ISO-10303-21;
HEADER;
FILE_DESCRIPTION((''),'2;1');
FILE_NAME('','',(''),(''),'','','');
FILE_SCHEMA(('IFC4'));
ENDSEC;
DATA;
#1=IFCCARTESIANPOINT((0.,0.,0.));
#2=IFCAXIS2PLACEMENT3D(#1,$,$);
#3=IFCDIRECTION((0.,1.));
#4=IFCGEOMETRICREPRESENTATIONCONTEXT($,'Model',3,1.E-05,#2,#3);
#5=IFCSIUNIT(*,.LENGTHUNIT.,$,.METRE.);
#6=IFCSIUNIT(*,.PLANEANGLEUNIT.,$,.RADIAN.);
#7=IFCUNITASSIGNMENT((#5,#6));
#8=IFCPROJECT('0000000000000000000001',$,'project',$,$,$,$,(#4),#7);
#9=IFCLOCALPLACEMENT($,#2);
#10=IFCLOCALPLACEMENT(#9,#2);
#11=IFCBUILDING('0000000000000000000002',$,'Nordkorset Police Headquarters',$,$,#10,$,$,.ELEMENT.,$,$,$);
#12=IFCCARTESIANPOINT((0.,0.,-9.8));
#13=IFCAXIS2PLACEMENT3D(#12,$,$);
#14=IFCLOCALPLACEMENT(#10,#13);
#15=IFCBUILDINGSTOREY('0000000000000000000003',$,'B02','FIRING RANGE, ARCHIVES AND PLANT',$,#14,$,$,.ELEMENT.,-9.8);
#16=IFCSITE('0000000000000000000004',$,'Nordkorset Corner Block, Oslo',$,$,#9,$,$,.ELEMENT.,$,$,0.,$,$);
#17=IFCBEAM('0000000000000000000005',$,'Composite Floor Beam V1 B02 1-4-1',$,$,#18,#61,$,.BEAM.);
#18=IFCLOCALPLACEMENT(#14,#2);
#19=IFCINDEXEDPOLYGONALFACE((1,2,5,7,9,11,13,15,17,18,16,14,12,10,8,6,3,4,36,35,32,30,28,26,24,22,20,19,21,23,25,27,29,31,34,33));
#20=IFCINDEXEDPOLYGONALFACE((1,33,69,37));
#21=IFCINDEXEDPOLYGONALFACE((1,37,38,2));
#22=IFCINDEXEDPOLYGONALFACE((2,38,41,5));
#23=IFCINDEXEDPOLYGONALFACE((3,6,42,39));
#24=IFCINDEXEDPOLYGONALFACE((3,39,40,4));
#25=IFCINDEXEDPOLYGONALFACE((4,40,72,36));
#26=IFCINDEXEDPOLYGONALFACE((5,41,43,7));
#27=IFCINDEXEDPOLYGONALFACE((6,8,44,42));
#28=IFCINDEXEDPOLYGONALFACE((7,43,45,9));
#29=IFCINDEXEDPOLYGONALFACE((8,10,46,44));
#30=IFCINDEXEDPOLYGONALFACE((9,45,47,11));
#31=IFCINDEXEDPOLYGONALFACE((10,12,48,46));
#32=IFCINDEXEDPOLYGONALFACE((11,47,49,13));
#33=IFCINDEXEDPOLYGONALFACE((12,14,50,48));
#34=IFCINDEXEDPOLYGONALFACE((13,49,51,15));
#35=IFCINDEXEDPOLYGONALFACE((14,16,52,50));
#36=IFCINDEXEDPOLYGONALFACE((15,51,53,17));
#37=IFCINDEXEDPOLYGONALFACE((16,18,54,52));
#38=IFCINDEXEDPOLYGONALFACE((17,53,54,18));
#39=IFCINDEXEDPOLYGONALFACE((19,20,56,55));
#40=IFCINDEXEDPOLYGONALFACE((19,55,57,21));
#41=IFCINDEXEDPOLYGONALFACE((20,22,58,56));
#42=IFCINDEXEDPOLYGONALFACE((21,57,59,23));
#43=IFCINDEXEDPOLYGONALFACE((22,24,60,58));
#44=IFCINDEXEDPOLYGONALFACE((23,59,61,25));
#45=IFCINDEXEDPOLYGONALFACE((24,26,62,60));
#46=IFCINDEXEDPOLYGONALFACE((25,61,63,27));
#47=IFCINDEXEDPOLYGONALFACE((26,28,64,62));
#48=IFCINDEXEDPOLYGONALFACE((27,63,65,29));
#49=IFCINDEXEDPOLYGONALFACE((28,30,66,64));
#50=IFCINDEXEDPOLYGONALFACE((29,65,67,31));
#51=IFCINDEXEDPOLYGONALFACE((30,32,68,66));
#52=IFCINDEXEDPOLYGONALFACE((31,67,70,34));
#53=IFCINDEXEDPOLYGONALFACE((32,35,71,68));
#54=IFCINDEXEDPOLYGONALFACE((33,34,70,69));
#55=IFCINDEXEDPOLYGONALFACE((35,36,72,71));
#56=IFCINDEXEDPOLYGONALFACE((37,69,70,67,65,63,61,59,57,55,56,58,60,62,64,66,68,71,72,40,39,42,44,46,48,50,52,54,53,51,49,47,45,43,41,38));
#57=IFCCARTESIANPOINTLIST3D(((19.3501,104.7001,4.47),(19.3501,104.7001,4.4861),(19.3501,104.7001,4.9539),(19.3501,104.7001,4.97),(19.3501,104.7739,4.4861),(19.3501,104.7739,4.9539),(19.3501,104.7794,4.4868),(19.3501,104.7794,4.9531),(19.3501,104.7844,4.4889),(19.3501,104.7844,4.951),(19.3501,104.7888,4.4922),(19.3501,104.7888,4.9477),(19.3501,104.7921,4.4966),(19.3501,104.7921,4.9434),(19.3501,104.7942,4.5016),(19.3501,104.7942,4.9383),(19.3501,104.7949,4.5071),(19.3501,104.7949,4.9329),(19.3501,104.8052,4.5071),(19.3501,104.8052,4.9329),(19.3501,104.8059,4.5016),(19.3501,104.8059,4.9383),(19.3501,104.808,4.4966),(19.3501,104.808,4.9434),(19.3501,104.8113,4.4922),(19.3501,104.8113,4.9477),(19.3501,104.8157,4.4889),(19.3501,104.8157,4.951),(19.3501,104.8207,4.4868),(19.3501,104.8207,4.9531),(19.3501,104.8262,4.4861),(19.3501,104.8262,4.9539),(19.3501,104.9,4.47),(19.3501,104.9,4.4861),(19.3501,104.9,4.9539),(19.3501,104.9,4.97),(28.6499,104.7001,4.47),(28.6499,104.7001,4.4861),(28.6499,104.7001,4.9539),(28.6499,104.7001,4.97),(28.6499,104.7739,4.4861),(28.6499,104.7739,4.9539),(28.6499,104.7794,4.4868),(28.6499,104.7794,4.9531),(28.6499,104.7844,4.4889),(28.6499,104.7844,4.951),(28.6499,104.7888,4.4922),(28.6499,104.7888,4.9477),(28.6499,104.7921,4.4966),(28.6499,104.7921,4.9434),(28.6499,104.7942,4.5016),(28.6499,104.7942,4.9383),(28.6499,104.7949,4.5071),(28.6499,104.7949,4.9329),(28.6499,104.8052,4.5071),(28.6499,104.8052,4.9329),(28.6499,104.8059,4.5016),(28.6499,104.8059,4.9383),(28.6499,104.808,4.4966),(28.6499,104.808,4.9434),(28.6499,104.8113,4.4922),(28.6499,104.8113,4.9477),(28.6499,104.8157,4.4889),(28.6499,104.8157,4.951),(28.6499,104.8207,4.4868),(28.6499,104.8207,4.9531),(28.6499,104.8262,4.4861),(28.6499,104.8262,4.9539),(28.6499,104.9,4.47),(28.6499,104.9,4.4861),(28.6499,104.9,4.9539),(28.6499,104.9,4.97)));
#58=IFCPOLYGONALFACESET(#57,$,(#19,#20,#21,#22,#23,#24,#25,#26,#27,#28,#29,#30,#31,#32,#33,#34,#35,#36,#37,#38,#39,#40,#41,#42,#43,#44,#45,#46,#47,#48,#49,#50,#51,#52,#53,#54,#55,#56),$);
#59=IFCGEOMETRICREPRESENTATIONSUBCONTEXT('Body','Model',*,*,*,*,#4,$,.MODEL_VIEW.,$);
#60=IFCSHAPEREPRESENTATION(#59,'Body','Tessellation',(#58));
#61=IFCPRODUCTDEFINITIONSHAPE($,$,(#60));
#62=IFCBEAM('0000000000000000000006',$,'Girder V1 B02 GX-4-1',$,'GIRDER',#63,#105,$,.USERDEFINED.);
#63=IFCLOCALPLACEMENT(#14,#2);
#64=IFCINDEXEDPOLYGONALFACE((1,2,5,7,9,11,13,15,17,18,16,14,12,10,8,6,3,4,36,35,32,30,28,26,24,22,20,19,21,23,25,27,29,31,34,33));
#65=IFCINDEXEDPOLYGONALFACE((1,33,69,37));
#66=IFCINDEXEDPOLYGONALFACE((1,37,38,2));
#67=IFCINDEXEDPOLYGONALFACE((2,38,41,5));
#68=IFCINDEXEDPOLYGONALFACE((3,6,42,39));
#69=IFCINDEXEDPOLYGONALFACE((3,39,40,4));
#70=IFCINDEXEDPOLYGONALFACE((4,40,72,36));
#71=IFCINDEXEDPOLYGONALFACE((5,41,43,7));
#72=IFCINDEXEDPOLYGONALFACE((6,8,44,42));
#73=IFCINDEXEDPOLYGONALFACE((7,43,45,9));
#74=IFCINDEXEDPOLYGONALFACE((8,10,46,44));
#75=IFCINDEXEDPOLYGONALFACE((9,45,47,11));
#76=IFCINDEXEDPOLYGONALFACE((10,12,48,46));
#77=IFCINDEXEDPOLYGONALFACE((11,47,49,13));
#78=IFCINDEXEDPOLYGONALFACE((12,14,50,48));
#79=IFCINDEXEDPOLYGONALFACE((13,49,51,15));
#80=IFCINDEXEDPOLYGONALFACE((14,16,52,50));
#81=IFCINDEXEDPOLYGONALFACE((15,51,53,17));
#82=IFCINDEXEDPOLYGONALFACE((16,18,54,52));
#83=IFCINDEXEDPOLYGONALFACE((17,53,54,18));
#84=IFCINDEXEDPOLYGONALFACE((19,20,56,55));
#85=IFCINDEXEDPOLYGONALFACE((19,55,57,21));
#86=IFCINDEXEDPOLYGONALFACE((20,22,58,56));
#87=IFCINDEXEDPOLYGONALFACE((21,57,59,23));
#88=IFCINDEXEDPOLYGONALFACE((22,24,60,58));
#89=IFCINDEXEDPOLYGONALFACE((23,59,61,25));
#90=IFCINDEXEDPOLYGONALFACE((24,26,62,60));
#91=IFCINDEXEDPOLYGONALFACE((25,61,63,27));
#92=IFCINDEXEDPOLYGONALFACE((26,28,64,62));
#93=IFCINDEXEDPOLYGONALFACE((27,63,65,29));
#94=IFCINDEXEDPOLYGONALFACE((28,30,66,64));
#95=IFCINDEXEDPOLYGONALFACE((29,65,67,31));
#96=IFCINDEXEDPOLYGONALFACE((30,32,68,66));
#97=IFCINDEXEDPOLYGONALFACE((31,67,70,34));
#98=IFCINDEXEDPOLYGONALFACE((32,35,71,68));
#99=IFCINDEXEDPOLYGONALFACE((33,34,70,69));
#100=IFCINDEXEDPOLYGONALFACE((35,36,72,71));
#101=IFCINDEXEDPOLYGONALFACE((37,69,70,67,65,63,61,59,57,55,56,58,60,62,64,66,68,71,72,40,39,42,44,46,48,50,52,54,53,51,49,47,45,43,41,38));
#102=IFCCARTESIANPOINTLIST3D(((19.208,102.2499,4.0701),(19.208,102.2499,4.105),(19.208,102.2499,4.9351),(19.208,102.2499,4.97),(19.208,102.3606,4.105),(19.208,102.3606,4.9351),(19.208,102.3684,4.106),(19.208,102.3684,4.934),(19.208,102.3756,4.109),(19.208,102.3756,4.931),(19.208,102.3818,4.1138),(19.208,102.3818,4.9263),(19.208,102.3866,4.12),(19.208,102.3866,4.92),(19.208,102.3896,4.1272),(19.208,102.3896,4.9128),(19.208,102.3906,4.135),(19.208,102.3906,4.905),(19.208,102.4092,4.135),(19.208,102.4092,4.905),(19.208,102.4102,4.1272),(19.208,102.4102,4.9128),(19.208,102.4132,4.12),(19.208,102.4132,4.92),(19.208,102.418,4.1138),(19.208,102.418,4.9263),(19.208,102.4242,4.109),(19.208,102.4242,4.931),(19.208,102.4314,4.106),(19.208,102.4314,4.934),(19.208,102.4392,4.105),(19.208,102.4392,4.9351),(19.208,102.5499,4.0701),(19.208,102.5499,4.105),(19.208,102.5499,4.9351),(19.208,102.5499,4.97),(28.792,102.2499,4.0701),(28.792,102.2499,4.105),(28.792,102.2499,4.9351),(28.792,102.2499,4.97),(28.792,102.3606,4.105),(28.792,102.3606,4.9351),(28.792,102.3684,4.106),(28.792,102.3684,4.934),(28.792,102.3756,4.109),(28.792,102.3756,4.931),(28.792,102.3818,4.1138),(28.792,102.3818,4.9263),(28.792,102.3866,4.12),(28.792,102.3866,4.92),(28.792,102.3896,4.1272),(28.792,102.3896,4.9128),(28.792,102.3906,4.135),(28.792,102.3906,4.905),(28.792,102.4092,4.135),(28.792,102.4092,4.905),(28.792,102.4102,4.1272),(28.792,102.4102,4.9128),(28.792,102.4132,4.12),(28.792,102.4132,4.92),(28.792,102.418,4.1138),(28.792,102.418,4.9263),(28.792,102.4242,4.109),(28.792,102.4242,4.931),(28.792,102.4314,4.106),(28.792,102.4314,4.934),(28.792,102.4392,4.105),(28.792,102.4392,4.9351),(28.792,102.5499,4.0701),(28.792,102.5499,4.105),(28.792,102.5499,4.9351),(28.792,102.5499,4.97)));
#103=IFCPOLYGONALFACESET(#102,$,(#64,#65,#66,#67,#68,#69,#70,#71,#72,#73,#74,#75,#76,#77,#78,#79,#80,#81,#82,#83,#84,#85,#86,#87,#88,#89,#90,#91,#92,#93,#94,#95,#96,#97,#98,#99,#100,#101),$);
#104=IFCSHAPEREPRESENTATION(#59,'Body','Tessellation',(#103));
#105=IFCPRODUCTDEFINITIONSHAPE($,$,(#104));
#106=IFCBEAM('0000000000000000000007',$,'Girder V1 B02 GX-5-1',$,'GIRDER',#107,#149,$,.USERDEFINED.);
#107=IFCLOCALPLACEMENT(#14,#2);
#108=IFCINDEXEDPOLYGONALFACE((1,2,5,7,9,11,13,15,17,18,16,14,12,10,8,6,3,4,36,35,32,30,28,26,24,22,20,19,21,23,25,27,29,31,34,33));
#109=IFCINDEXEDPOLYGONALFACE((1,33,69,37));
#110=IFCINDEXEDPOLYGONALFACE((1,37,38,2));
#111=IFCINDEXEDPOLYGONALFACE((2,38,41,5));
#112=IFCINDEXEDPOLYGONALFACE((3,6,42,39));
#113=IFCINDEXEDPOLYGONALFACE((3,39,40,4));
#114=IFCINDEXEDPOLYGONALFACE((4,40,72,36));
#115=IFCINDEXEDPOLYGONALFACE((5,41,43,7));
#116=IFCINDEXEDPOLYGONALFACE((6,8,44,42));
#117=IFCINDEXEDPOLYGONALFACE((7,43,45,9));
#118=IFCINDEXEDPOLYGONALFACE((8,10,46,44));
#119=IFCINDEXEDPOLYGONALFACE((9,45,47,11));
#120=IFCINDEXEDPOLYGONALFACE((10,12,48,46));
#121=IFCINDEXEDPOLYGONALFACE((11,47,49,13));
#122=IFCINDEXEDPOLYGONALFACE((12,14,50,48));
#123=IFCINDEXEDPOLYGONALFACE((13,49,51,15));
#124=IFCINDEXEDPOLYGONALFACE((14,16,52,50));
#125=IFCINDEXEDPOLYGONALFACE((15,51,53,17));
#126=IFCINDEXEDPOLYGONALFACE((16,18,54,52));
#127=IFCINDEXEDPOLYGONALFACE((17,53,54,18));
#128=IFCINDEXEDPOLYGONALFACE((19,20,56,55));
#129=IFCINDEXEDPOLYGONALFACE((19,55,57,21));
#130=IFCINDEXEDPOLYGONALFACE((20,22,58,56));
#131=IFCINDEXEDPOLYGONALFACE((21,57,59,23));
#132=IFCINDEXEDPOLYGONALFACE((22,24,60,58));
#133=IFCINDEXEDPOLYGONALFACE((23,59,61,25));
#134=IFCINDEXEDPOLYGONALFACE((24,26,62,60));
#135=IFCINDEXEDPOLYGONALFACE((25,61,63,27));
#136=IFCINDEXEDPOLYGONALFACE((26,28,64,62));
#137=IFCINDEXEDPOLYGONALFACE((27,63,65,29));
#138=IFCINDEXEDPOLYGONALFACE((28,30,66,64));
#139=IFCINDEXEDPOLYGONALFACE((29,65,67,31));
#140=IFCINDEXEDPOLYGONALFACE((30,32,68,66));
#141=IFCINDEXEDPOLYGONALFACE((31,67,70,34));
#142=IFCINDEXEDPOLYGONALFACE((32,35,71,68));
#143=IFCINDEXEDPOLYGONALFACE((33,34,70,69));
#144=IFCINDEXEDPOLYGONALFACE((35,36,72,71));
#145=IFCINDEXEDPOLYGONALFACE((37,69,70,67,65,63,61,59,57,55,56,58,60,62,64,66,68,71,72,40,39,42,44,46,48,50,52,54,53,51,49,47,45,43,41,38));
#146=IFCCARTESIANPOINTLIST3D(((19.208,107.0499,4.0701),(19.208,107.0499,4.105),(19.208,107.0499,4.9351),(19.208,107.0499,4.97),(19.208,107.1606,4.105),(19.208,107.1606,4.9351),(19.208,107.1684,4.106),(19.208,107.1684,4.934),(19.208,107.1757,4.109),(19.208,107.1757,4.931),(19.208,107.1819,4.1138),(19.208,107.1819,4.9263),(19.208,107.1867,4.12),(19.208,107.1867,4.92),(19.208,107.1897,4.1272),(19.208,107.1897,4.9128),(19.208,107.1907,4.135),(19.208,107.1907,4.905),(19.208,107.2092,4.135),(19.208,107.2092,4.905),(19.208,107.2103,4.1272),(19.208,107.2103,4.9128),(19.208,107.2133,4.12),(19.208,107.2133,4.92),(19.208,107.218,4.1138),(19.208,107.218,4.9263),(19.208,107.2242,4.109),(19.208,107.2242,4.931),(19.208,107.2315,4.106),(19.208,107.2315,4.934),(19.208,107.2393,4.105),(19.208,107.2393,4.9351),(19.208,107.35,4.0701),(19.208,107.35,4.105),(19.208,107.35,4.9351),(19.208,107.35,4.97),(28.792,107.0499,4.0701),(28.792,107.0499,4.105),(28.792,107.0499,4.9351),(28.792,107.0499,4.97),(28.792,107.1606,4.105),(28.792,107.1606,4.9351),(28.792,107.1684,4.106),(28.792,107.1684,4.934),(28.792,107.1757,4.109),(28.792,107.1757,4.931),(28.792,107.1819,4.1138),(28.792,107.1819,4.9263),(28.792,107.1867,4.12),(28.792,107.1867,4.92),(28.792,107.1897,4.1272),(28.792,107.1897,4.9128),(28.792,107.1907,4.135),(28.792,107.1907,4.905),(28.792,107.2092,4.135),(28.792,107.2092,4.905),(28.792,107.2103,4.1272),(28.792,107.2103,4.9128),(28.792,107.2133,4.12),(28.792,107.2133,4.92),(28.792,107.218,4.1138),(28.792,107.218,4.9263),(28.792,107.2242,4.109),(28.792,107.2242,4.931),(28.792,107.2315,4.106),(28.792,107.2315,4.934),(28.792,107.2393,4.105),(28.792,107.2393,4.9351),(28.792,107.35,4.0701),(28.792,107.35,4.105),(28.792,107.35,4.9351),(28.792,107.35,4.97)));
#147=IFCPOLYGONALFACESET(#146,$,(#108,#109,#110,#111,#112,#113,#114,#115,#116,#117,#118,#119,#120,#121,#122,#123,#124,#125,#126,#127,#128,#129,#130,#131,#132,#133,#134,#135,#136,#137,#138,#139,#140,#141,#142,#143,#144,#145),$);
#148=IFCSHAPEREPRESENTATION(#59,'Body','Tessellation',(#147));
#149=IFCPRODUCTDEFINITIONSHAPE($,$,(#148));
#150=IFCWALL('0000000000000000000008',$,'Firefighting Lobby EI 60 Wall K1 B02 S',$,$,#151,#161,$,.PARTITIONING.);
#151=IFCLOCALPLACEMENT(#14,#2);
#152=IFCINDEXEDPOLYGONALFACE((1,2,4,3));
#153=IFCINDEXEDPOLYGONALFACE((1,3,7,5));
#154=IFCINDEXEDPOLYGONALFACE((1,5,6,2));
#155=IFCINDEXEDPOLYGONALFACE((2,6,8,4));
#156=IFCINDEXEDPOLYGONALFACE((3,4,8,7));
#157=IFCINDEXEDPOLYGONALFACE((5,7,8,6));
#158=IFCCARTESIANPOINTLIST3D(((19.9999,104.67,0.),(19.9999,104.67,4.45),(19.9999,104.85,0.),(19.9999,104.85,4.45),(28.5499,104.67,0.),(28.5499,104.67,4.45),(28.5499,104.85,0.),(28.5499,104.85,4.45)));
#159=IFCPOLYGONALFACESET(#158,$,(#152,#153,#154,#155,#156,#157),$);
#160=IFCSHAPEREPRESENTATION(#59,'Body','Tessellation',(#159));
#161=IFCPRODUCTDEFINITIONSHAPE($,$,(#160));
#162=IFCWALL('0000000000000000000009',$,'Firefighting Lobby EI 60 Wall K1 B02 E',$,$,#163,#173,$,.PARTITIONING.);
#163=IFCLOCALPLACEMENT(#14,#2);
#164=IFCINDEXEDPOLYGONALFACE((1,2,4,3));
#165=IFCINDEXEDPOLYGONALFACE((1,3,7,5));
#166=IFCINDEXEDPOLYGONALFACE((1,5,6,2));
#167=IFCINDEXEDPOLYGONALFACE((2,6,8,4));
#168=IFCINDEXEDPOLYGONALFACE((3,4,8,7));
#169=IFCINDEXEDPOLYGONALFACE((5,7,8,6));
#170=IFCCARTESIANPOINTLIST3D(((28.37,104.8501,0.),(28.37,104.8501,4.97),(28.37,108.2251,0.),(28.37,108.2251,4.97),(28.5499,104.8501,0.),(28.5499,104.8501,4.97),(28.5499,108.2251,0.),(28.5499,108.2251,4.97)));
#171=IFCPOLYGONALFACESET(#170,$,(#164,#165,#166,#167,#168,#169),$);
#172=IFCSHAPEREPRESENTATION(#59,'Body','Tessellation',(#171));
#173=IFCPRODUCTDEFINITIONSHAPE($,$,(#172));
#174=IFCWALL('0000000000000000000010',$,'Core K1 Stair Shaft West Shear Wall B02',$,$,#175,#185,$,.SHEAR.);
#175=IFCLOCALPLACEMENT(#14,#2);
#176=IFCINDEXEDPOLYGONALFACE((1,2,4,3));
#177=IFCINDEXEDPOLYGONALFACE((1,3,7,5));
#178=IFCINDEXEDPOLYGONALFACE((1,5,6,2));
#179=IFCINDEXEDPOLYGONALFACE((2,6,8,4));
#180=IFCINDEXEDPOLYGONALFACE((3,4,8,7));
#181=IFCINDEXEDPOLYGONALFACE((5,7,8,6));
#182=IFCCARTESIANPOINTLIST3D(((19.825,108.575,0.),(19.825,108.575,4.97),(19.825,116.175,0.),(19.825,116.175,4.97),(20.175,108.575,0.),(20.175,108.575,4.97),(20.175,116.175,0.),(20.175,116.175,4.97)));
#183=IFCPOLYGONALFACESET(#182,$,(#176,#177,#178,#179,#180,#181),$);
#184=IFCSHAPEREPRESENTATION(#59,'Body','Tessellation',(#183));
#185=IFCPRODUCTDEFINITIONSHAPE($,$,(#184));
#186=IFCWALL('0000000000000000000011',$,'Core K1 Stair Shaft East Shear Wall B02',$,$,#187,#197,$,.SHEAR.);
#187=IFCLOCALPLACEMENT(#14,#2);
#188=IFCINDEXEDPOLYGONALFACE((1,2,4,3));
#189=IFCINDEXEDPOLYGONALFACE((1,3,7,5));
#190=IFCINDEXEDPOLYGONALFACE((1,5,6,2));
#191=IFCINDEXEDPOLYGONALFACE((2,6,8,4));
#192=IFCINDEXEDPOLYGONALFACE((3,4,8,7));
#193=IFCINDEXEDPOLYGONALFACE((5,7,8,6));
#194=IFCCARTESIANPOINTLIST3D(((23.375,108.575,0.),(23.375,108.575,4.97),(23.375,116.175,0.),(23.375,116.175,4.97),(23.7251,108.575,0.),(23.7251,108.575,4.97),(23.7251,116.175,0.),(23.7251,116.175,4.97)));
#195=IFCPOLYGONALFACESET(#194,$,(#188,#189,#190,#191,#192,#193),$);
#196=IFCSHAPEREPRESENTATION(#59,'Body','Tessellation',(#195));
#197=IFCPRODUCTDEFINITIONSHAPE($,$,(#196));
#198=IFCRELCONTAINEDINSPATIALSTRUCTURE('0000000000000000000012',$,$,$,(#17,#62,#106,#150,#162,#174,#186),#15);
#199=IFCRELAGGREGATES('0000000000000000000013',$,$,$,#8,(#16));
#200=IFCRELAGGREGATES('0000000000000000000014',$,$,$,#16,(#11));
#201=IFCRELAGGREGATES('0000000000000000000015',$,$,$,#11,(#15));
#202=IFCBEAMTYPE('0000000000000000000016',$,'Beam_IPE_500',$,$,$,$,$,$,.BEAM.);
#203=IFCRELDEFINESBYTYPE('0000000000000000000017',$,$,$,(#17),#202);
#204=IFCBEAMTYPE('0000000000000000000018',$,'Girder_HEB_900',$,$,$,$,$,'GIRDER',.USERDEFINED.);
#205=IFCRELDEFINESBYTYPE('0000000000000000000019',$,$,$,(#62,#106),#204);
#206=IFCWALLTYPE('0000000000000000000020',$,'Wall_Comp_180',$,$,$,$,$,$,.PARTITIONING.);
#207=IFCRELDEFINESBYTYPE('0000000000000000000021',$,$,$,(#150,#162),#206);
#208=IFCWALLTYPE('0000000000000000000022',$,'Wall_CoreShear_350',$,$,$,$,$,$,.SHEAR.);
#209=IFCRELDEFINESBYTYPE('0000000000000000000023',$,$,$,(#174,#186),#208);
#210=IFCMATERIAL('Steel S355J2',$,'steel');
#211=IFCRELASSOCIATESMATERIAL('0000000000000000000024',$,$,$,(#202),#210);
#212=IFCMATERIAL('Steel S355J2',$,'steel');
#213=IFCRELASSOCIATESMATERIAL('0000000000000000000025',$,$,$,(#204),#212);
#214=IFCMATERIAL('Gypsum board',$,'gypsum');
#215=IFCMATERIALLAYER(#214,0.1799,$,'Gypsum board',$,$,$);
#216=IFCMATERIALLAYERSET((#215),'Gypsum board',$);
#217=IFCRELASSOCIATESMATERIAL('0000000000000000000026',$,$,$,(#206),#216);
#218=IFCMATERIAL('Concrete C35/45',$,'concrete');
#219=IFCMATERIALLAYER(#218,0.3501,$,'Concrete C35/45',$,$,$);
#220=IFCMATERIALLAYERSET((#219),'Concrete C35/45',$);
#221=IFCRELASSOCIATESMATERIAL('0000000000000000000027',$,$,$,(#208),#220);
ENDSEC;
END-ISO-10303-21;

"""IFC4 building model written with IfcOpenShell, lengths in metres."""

from ifc_helpers import new_model, si_unit, direction, frame, frame_2d, origin, origin_2d, place, context, subcontext, project, spatial, rectangle, i_section, extrude, material, layer, layer_set, material_profile, profile_set, type_object, element, save


model = new_model("IFC4")

# Units and contexts
model_context = context("Model", 3, precision=1e-05, world=origin(), true_north=direction((0.0, 1.0)))
body_context = subcontext(model_context, "Body", "Model", "MODEL_VIEW")
ifc_project = project(units=[si_unit("LENGTHUNIT", "METRE"), si_unit("PLANEANGLEUNIT", "RADIAN")], contexts=[model_context])

# Site, building, storey
site_placement = place(None, origin())
site = spatial("IfcSite", under=ifc_project, at=site_placement, Name="Nordkorset Corner Block, Oslo", CompositionType="ELEMENT", RefElevation=0.0)
building_placement = place(site_placement, origin())
building = spatial("IfcBuilding", under=site, at=building_placement, Name="Nordkorset Police Headquarters", CompositionType="ELEMENT")
storey_placement = place(building_placement, frame((0.0, 0.0, -9.8)))
storey = spatial("IfcBuildingStorey", under=building, at=storey_placement, Name="B02", Description="FIRING RANGE, ARCHIVES AND PLANT", CompositionType="ELEMENT", Elevation=-9.8)

# Beams
ifc_material_1 = material(Name="Steel S355J2", Category="steel")
ifc_material_profile_1 = material_profile(ifc_material_1, i_section(OverallWidth=0.2, OverallDepth=0.5, WebThickness=0.0103, FlangeThickness=0.0161, FilletRadius=0.021, at=origin_2d()), Name="IPE 500")
ifc_profile_set_1 = profile_set([ifc_material_profile_1], Name="Steel S355J2")
beam_type_1 = type_object("IfcBeamType", Name="Beam_IPE_500", PredefinedType="BEAM", material=ifc_profile_set_1)
beam_placement = place(storey_placement, frame((19.3501, 104.8, 4.72), z_axis=(1.0, 0.0, 0.0), x_axis=(0.0, 1.0, 0.0)))
element("IfcBeam", 1, at=beam_placement, inside=storey, type_object=beam_type_1, Name="Composite Floor Beam V1 B02 1-4-1", PredefinedType="BEAM", context=body_context, shape_type="SweptSolid", body=[
    extrude(i_section(OverallWidth=0.2, OverallDepth=0.5, WebThickness=0.0103, FlangeThickness=0.0161, FilletRadius=0.021, at=origin_2d()), origin(), (0.0, 0.0, 1.0), 9.2998),
])
ifc_material_2 = material(Name="Steel S355J2", Category="steel")
ifc_material_profile_2 = material_profile(ifc_material_2, i_section(OverallWidth=0.3, OverallDepth=0.8999, WebThickness=0.0186, FlangeThickness=0.0349, FilletRadius=0.03, at=origin_2d()), Name="HEB 900")
ifc_profile_set_2 = profile_set([ifc_material_profile_2], Name="Steel S355J2")
beam_type_2 = type_object("IfcBeamType", Name="Girder_HEB_900", ElementType="GIRDER", PredefinedType="USERDEFINED", material=ifc_profile_set_2)
for number, where, z_axis, x_axis, name in (
    (2, (19.208, 102.3999, 4.52), (1.0, 0.0, 0.0), (0.0, 1.0, 0.0), "Girder V1 B02 GX-4-1"),
    (3, (19.208, 107.2, 4.52), (1.0, 0.0, 0.0), (0.0, 1.0, 0.0), "Girder V1 B02 GX-5-1"),
):
    element("IfcBeam", number, at=place(storey_placement, frame(where, z_axis=z_axis, x_axis=x_axis)), inside=storey, type_object=beam_type_2, Name=name, ObjectType="GIRDER", PredefinedType="USERDEFINED", context=body_context, shape_type="SweptSolid", body=[
        extrude(i_section(OverallWidth=0.3, OverallDepth=0.8999, WebThickness=0.0186, FlangeThickness=0.0349, FilletRadius=0.03, at=origin_2d()), origin(), (0.0, 0.0, 1.0), 9.584),
    ])

# Wall
ifc_material_3 = material(Name="Gypsum board", Category="gypsum")
ifc_layer_1 = layer(ifc_material_3, 0.1799, Name="Gypsum board")
ifc_layer_set_1 = layer_set([ifc_layer_1], Name="Gypsum board")
wall_type_1 = type_object("IfcWallType", Name="Wall_Comp_180", PredefinedType="PARTITIONING", material=ifc_layer_set_1)
wall_1_placement = place(storey_placement, frame((20.0, 104.76, 0.0), z_axis=(0.0, 0.0, 1.0), x_axis=(1.0, 0.0, 0.0)))
element("IfcWall", 4, at=wall_1_placement, inside=storey, type_object=wall_type_1, Name="Firefighting Lobby EI 60 Wall K1 B02 S", PredefinedType="PARTITIONING", context=body_context, shape_type="SweptSolid", body=[
    extrude(rectangle(XDim=8.55, YDim=0.1799, at=frame_2d((4.2749, 0.0))), origin(), (0.0, 0.0, 1.0), 4.45),
])

# Wall
wall_2_placement = place(storey_placement, frame((28.46, 104.8501, 0.0), z_axis=(0.0, 0.0, 1.0), x_axis=(0.0, 1.0, 0.0)))
element("IfcWall", 5, at=wall_2_placement, inside=storey, type_object=wall_type_1, Name="Firefighting Lobby EI 60 Wall K1 B02 E", PredefinedType="PARTITIONING", context=body_context, shape_type="SweptSolid", body=[
    extrude(rectangle(XDim=3.375, YDim=0.1799, at=frame_2d((1.6875, 0.0))), origin(), (0.0, 0.0, 1.0), 4.97),
])

# Shared definitions
ifc_material_4 = material(Name="Concrete C35/45", Category="concrete")
ifc_layer_2 = layer(ifc_material_4, 0.3501, Name="Concrete C35/45")
ifc_layer_set_2 = layer_set([ifc_layer_2], Name="Concrete C35/45")
wall_type_2 = type_object("IfcWallType", Name="Wall_CoreShear_350", PredefinedType="SHEAR", material=ifc_layer_set_2)

# Walls
for number, where, z_axis, x_axis, name in (
    (6, (20.0, 108.575, 0.0), (0.0, 0.0, 1.0), (0.0, 1.0, 0.0), "Core K1 Stair Shaft West Shear Wall B02"),
    (7, (23.55, 108.575, 0.0), (0.0, 0.0, 1.0), (0.0, 1.0, 0.0), "Core K1 Stair Shaft East Shear Wall B02"),
):
    element("IfcWall", number, at=place(storey_placement, frame(where, z_axis=z_axis, x_axis=x_axis)), inside=storey, type_object=wall_type_2, Name=name, PredefinedType="SHEAR", context=body_context, shape_type="SweptSolid", body=[
        extrude(rectangle(XDim=7.6001, YDim=0.3501, at=frame_2d((3.8, 0.0))), origin(), (0.0, 0.0, 1.0), 4.97),
    ])

save(model, "model.ifc")
